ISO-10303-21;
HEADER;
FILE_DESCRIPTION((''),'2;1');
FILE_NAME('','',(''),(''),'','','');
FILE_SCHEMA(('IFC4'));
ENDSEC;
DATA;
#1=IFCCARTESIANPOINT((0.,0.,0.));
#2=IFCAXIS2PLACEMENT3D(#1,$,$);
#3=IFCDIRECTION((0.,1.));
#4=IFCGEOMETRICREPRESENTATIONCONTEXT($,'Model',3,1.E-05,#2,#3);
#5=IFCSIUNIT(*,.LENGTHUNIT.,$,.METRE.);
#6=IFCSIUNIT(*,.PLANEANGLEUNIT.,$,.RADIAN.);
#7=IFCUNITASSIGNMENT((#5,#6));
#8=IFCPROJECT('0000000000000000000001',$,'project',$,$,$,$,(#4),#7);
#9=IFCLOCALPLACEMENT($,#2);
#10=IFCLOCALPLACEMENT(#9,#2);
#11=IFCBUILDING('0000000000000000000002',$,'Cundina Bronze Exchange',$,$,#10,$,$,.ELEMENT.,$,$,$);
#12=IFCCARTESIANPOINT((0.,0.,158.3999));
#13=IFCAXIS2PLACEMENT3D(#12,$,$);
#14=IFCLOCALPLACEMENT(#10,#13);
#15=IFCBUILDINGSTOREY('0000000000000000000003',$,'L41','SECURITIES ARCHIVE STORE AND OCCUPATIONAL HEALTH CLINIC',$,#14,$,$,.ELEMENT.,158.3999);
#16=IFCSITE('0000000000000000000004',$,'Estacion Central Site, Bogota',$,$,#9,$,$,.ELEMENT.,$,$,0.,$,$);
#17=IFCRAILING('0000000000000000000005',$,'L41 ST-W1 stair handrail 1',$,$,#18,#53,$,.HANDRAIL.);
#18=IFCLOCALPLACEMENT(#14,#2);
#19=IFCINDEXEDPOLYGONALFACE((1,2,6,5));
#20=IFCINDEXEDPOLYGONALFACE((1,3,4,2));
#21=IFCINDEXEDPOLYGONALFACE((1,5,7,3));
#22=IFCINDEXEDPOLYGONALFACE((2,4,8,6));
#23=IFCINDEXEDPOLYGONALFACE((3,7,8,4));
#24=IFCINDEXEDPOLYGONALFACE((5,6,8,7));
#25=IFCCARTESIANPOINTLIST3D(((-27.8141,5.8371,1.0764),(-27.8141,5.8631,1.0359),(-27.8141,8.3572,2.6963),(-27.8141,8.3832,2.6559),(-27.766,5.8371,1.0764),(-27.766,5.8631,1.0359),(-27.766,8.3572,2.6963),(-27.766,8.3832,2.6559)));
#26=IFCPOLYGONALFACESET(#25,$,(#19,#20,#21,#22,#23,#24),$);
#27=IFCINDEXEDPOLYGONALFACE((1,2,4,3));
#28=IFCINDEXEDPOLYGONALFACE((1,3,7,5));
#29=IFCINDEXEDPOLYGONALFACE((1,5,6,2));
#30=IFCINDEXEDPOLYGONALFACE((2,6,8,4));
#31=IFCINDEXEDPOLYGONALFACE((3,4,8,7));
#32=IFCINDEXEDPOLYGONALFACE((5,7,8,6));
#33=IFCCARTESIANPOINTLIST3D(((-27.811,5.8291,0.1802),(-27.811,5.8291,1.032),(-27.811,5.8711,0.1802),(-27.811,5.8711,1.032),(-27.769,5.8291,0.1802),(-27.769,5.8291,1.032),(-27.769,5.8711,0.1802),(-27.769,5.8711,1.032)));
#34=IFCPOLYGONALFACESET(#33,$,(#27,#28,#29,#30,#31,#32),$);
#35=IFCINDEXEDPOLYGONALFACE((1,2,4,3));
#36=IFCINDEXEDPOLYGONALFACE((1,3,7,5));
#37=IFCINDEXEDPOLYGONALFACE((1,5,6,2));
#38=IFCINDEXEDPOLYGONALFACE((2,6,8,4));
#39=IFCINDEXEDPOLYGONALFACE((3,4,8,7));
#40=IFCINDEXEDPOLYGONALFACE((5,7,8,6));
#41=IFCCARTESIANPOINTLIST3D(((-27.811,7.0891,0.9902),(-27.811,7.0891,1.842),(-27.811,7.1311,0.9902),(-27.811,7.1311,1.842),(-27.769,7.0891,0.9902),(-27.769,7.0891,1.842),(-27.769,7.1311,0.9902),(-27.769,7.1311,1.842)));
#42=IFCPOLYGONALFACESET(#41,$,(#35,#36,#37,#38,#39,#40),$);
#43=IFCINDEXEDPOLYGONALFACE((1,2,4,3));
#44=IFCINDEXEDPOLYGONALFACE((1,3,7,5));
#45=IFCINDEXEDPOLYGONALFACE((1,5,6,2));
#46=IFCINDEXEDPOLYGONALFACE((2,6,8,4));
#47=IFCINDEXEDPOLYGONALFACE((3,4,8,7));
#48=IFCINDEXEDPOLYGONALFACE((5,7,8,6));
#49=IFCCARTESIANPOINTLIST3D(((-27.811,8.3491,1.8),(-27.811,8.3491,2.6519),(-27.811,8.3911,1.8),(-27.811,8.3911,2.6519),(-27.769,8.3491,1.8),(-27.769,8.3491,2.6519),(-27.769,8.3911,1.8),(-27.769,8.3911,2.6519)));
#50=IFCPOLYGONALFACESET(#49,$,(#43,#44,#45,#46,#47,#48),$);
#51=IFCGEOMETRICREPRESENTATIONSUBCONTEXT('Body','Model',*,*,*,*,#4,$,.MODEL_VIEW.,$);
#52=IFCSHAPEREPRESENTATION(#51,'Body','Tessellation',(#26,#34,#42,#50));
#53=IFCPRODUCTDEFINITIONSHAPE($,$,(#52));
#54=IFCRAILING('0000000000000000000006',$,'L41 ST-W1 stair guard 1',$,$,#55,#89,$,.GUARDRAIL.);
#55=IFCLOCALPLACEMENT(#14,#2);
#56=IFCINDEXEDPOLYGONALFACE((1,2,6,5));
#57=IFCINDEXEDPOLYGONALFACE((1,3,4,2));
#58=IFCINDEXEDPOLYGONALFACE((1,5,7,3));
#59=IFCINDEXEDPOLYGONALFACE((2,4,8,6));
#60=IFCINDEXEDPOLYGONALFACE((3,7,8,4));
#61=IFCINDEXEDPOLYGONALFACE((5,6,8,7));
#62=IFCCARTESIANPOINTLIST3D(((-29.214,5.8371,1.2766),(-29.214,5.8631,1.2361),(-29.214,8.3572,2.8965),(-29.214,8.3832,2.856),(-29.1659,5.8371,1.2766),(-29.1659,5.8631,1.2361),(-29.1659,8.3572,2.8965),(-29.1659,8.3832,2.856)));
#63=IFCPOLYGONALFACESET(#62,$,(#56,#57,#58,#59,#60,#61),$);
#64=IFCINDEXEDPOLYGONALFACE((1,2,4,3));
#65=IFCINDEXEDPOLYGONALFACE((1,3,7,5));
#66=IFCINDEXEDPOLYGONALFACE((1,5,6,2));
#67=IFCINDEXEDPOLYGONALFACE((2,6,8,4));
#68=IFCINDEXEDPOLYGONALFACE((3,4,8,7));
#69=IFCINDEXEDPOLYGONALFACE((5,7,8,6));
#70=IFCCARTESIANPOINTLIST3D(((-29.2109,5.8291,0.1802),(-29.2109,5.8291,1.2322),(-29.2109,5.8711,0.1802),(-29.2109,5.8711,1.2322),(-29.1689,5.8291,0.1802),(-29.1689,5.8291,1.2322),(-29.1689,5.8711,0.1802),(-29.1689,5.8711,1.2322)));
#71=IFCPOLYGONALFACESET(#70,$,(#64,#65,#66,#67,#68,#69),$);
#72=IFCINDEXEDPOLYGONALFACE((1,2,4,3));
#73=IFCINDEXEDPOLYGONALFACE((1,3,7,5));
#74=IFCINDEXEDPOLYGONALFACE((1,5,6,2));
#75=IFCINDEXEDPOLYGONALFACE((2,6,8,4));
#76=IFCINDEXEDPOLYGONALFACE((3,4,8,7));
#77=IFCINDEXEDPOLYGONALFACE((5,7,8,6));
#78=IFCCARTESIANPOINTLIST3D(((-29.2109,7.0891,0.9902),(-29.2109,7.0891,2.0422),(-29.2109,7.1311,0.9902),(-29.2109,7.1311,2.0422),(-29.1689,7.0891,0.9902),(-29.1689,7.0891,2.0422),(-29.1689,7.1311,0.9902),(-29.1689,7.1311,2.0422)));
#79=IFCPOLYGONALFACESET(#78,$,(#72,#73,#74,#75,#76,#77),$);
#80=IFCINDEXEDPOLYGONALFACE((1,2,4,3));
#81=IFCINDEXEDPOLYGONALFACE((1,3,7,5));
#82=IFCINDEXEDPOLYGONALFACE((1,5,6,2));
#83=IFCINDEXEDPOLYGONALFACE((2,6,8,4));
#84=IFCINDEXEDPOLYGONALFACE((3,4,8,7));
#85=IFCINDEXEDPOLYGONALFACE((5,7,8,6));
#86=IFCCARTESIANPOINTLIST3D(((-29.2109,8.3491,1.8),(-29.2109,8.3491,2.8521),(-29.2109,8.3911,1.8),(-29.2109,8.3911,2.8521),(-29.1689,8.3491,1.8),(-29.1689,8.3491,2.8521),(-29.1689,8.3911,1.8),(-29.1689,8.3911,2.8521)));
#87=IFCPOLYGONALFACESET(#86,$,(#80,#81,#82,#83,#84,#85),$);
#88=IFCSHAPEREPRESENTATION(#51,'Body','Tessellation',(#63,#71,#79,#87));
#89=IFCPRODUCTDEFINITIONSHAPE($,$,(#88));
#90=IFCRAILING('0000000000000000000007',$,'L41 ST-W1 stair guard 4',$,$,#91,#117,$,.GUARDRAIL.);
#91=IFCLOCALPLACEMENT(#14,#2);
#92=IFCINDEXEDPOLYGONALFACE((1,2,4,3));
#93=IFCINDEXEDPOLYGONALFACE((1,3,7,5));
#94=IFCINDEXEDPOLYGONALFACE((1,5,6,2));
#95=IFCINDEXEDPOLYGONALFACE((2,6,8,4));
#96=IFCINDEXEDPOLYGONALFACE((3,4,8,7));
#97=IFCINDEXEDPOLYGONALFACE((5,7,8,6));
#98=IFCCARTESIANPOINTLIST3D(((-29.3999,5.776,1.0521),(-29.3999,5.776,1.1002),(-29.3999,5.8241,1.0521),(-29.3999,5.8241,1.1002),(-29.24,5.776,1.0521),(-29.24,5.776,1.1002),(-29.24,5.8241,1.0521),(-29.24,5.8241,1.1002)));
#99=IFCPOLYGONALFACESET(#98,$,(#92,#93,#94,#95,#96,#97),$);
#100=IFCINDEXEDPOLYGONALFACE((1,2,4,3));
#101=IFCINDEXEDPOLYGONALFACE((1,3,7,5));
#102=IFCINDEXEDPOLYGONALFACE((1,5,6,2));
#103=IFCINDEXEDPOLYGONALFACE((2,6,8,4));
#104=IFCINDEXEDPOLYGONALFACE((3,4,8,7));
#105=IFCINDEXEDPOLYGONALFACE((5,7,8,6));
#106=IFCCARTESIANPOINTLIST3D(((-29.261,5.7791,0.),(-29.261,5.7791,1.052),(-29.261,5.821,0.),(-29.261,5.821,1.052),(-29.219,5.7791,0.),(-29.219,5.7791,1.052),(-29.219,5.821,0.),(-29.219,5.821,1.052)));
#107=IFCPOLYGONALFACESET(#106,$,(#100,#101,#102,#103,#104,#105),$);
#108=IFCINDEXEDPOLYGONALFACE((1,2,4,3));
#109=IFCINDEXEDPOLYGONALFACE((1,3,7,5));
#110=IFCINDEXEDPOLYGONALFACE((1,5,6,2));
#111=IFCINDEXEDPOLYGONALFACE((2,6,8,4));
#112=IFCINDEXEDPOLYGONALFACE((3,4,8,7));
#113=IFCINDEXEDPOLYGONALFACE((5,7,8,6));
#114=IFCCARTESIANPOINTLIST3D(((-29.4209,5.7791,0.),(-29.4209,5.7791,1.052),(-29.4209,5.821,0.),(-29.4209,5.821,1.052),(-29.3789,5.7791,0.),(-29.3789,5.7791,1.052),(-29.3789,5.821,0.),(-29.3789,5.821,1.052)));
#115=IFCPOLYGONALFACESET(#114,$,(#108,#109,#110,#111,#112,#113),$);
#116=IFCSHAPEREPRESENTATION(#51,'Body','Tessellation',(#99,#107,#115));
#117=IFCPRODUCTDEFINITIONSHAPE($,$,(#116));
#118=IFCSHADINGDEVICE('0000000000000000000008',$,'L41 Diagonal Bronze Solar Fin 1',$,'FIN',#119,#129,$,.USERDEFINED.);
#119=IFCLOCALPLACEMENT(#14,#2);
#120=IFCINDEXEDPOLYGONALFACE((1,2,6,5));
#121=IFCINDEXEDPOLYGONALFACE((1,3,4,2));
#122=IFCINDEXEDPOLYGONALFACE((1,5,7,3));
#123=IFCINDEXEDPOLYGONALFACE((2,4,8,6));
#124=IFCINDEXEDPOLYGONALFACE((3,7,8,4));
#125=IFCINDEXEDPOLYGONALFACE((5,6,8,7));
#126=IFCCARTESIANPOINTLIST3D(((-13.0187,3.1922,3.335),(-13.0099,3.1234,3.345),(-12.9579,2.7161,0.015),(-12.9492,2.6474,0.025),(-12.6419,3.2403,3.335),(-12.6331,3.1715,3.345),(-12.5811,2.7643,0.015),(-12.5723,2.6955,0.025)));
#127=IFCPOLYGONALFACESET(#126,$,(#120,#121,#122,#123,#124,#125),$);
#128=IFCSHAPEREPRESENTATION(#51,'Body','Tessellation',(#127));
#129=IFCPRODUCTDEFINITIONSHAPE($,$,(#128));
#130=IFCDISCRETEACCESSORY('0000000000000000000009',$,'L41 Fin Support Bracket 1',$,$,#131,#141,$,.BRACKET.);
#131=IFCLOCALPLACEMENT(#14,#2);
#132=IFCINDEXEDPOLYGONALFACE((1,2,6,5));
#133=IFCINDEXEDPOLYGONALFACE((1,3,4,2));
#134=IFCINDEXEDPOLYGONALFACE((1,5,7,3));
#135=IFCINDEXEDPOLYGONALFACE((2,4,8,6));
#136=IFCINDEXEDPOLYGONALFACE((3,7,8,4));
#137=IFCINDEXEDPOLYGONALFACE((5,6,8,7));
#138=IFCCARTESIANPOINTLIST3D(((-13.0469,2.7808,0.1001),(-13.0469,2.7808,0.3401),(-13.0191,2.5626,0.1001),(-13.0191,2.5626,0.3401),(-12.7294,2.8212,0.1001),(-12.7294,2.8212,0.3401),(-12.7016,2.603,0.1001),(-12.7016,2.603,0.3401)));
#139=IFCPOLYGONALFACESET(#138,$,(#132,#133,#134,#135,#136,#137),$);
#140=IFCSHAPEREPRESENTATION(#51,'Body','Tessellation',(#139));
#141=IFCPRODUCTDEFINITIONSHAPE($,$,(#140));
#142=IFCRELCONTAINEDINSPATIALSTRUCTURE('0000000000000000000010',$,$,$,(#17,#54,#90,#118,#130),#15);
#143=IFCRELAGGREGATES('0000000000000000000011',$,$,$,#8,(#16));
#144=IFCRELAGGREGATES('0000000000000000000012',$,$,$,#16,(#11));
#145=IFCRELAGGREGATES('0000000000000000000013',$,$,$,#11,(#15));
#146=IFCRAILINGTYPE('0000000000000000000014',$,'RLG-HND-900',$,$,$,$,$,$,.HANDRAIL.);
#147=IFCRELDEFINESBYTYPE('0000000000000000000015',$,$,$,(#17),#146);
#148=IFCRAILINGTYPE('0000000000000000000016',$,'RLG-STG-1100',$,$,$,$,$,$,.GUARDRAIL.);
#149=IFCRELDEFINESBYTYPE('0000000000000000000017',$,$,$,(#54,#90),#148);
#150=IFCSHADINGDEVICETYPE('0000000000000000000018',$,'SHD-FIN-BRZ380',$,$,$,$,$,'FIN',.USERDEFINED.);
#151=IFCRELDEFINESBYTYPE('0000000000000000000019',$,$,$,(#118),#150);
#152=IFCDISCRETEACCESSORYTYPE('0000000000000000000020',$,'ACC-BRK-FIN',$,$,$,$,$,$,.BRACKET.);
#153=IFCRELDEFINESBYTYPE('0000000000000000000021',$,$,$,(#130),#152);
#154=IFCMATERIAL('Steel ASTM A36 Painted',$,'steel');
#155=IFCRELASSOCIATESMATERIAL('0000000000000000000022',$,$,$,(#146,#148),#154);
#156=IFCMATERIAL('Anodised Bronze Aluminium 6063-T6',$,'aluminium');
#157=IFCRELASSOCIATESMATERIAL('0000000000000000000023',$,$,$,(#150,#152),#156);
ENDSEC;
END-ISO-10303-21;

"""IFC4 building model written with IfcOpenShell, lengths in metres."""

from ifc_helpers import new_model, si_unit, direction, frame, origin, origin_2d, place, context, subcontext, project, spatial, rectangle, extrude, material, material_profile, profile_set, type_object, element, save


model = new_model("IFC4")

# Units and contexts
model_context = context("Model", 3, precision=1e-05, world=origin(), true_north=direction((0.0, 1.0)))
body_context = subcontext(model_context, "Body", "Model", "MODEL_VIEW")
ifc_project = project(units=[si_unit("LENGTHUNIT", "METRE"), si_unit("PLANEANGLEUNIT", "RADIAN")], contexts=[model_context])

# Site, building, storey
site_placement = place(None, origin())
site = spatial("IfcSite", under=ifc_project, at=site_placement, Name="Estacion Central Site, Bogota", CompositionType="ELEMENT", RefElevation=0.0)
building_placement = place(site_placement, origin())
building = spatial("IfcBuilding", under=site, at=building_placement, Name="Cundina Bronze Exchange", CompositionType="ELEMENT")
storey_placement = place(building_placement, frame((0.0, 0.0, 158.3999)))
storey = spatial("IfcBuildingStorey", under=building, at=storey_placement, Name="L41", Description="SECURITIES ARCHIVE STORE AND OCCUPATIONAL HEALTH CLINIC", CompositionType="ELEMENT", Elevation=158.3999)

# Shared definitions
ifc_material_1 = material(Name="Anodised Bronze Aluminium 6063-T6", Category="aluminium")

# Shared definitions
ifc_material_2 = material(Name="Steel ASTM A36 Painted", Category="steel")

# Railings
railing_type_1 = type_object("IfcRailingType", Name="RLG-HND-900", PredefinedType="HANDRAIL", material=ifc_material_2)
railing_1_placement = place(storey_placement, frame((-27.79, 5.8501, 0.1802)))
element("IfcRailing", 1, at=railing_1_placement, inside=storey, type_object=railing_type_1, Name="L41 ST-W1 stair handrail 1", PredefinedType="HANDRAIL", context=body_context, shape_type="SweptSolid", body=[
    extrude(rectangle(XDim=0.0481, YDim=0.0481, at=origin_2d()), frame((0.0, 0.0, 0.876), z_axis=(0.0, 0.8412, 0.540725), x_axis=(-1.0, 0.0, 0.0)), (0.0, 0.0, 1.0), 2.9958),
    extrude(rectangle(XDim=0.042, YDim=0.042, at=origin_2d()), origin(), (0.0, 0.0, 1.0), 0.8518),
    extrude(rectangle(XDim=0.042, YDim=0.042, at=origin_2d()), frame((0.0, 1.26, 0.8101)), (0.0, 0.0, 1.0), 0.8518),
    extrude(rectangle(XDim=0.042, YDim=0.042, at=origin_2d()), frame((0.0, 2.52, 1.6199)), (0.0, 0.0, 1.0), 0.8518),
])
railing_type_2 = type_object("IfcRailingType", Name="RLG-STG-1100", PredefinedType="GUARDRAIL", material=ifc_material_2)
railing_2_placement = place(storey_placement, frame((-29.1899, 5.8501, 0.1802)))
element("IfcRailing", 2, at=railing_2_placement, inside=storey, type_object=railing_type_2, Name="L41 ST-W1 stair guard 1", PredefinedType="GUARDRAIL", context=body_context, shape_type="SweptSolid", body=[
    extrude(rectangle(XDim=0.0481, YDim=0.0481, at=origin_2d()), frame((0.0, 0.0, 1.0762), z_axis=(0.0, 0.8412, 0.540725), x_axis=(-1.0, 0.0, 0.0)), (0.0, 0.0, 1.0), 2.9958),
    extrude(rectangle(XDim=0.042, YDim=0.042, at=origin_2d()), origin(), (0.0, 0.0, 1.0), 1.052),
    extrude(rectangle(XDim=0.042, YDim=0.042, at=origin_2d()), frame((0.0, 1.26, 0.8101)), (0.0, 0.0, 1.0), 1.052),
    extrude(rectangle(XDim=0.042, YDim=0.042, at=origin_2d()), frame((0.0, 2.52, 1.6199)), (0.0, 0.0, 1.0), 1.052),
])
railing_3_placement = place(storey_placement, frame((-29.24, 5.8, 0.0)))
element("IfcRailing", 3, at=railing_3_placement, inside=storey, type_object=railing_type_2, Name="L41 ST-W1 stair guard 4", PredefinedType="GUARDRAIL", context=body_context, shape_type="SweptSolid", body=[
    extrude(rectangle(XDim=0.0481, YDim=0.0481, at=origin_2d()), frame((0.0, 0.0, 1.0762), z_axis=(-1.0, 0.0, 0.0), x_axis=(0.0, -1.0, 0.0)), (0.0, 0.0, 1.0), 0.1599),
    extrude(rectangle(XDim=0.042, YDim=0.042, at=origin_2d()), origin(), (0.0, 0.0, 1.0), 1.052),
    extrude(rectangle(XDim=0.042, YDim=0.042, at=origin_2d()), frame((-0.1599, 0.0, 0.0)), (0.0, 0.0, 1.0), 1.052),
])

# Shading device
ifc_material_profile_1 = material_profile(ifc_material_1, rectangle(XDim=0.0701, YDim=0.3799, at=origin_2d()), Name="FIN70X380", Category="aluminium")
ifc_profile_set_1 = profile_set([ifc_material_profile_1], Name="Anodised Bronze Aluminium 6063-T6")
shading_device_type = type_object("IfcShadingDeviceType", Name="SHD-FIN-BRZ380", ElementType="FIN", PredefinedType="USERDEFINED", material=ifc_profile_set_1)
shading_device_placement = place(storey_placement, frame((-12.7651, 2.7058, 0.02), z_axis=(-0.018122, 0.141918, 0.989713), x_axis=(0.125361, -0.981741, 0.14307)))
element("IfcShadingDevice", 4, at=shading_device_placement, inside=storey, type_object=shading_device_type, Name="L41 Diagonal Bronze Solar Fin 1", ObjectType="FIN", PredefinedType="USERDEFINED", context=body_context, shape_type="SweptSolid", body=[
    extrude(rectangle(XDim=0.0701, YDim=0.3799, at=origin_2d()), origin(), (0.0, 0.0, 1.0), 3.3545),
])

# Discrete accessory
discrete_accessory_type = type_object("IfcDiscreteAccessoryType", Name="ACC-BRK-FIN", PredefinedType="BRACKET", material=ifc_material_1)
discrete_accessory_placement = place(storey_placement, frame((-12.8743, 2.6919, 0.1001), z_axis=(0.0, 0.0, 1.0), x_axis=(-0.126476, 0.99197, 0.0)))
element("IfcDiscreteAccessory", 5, at=discrete_accessory_placement, inside=storey, type_object=discrete_accessory_type, Name="L41 Fin Support Bracket 1", PredefinedType="BRACKET", context=body_context, shape_type="SweptSolid", body=[
    extrude(rectangle(XDim=0.22, YDim=0.3201, at=origin_2d()), origin(), (0.0, 0.0, 1.0), 0.24),
])

save(model, "model.ifc")
